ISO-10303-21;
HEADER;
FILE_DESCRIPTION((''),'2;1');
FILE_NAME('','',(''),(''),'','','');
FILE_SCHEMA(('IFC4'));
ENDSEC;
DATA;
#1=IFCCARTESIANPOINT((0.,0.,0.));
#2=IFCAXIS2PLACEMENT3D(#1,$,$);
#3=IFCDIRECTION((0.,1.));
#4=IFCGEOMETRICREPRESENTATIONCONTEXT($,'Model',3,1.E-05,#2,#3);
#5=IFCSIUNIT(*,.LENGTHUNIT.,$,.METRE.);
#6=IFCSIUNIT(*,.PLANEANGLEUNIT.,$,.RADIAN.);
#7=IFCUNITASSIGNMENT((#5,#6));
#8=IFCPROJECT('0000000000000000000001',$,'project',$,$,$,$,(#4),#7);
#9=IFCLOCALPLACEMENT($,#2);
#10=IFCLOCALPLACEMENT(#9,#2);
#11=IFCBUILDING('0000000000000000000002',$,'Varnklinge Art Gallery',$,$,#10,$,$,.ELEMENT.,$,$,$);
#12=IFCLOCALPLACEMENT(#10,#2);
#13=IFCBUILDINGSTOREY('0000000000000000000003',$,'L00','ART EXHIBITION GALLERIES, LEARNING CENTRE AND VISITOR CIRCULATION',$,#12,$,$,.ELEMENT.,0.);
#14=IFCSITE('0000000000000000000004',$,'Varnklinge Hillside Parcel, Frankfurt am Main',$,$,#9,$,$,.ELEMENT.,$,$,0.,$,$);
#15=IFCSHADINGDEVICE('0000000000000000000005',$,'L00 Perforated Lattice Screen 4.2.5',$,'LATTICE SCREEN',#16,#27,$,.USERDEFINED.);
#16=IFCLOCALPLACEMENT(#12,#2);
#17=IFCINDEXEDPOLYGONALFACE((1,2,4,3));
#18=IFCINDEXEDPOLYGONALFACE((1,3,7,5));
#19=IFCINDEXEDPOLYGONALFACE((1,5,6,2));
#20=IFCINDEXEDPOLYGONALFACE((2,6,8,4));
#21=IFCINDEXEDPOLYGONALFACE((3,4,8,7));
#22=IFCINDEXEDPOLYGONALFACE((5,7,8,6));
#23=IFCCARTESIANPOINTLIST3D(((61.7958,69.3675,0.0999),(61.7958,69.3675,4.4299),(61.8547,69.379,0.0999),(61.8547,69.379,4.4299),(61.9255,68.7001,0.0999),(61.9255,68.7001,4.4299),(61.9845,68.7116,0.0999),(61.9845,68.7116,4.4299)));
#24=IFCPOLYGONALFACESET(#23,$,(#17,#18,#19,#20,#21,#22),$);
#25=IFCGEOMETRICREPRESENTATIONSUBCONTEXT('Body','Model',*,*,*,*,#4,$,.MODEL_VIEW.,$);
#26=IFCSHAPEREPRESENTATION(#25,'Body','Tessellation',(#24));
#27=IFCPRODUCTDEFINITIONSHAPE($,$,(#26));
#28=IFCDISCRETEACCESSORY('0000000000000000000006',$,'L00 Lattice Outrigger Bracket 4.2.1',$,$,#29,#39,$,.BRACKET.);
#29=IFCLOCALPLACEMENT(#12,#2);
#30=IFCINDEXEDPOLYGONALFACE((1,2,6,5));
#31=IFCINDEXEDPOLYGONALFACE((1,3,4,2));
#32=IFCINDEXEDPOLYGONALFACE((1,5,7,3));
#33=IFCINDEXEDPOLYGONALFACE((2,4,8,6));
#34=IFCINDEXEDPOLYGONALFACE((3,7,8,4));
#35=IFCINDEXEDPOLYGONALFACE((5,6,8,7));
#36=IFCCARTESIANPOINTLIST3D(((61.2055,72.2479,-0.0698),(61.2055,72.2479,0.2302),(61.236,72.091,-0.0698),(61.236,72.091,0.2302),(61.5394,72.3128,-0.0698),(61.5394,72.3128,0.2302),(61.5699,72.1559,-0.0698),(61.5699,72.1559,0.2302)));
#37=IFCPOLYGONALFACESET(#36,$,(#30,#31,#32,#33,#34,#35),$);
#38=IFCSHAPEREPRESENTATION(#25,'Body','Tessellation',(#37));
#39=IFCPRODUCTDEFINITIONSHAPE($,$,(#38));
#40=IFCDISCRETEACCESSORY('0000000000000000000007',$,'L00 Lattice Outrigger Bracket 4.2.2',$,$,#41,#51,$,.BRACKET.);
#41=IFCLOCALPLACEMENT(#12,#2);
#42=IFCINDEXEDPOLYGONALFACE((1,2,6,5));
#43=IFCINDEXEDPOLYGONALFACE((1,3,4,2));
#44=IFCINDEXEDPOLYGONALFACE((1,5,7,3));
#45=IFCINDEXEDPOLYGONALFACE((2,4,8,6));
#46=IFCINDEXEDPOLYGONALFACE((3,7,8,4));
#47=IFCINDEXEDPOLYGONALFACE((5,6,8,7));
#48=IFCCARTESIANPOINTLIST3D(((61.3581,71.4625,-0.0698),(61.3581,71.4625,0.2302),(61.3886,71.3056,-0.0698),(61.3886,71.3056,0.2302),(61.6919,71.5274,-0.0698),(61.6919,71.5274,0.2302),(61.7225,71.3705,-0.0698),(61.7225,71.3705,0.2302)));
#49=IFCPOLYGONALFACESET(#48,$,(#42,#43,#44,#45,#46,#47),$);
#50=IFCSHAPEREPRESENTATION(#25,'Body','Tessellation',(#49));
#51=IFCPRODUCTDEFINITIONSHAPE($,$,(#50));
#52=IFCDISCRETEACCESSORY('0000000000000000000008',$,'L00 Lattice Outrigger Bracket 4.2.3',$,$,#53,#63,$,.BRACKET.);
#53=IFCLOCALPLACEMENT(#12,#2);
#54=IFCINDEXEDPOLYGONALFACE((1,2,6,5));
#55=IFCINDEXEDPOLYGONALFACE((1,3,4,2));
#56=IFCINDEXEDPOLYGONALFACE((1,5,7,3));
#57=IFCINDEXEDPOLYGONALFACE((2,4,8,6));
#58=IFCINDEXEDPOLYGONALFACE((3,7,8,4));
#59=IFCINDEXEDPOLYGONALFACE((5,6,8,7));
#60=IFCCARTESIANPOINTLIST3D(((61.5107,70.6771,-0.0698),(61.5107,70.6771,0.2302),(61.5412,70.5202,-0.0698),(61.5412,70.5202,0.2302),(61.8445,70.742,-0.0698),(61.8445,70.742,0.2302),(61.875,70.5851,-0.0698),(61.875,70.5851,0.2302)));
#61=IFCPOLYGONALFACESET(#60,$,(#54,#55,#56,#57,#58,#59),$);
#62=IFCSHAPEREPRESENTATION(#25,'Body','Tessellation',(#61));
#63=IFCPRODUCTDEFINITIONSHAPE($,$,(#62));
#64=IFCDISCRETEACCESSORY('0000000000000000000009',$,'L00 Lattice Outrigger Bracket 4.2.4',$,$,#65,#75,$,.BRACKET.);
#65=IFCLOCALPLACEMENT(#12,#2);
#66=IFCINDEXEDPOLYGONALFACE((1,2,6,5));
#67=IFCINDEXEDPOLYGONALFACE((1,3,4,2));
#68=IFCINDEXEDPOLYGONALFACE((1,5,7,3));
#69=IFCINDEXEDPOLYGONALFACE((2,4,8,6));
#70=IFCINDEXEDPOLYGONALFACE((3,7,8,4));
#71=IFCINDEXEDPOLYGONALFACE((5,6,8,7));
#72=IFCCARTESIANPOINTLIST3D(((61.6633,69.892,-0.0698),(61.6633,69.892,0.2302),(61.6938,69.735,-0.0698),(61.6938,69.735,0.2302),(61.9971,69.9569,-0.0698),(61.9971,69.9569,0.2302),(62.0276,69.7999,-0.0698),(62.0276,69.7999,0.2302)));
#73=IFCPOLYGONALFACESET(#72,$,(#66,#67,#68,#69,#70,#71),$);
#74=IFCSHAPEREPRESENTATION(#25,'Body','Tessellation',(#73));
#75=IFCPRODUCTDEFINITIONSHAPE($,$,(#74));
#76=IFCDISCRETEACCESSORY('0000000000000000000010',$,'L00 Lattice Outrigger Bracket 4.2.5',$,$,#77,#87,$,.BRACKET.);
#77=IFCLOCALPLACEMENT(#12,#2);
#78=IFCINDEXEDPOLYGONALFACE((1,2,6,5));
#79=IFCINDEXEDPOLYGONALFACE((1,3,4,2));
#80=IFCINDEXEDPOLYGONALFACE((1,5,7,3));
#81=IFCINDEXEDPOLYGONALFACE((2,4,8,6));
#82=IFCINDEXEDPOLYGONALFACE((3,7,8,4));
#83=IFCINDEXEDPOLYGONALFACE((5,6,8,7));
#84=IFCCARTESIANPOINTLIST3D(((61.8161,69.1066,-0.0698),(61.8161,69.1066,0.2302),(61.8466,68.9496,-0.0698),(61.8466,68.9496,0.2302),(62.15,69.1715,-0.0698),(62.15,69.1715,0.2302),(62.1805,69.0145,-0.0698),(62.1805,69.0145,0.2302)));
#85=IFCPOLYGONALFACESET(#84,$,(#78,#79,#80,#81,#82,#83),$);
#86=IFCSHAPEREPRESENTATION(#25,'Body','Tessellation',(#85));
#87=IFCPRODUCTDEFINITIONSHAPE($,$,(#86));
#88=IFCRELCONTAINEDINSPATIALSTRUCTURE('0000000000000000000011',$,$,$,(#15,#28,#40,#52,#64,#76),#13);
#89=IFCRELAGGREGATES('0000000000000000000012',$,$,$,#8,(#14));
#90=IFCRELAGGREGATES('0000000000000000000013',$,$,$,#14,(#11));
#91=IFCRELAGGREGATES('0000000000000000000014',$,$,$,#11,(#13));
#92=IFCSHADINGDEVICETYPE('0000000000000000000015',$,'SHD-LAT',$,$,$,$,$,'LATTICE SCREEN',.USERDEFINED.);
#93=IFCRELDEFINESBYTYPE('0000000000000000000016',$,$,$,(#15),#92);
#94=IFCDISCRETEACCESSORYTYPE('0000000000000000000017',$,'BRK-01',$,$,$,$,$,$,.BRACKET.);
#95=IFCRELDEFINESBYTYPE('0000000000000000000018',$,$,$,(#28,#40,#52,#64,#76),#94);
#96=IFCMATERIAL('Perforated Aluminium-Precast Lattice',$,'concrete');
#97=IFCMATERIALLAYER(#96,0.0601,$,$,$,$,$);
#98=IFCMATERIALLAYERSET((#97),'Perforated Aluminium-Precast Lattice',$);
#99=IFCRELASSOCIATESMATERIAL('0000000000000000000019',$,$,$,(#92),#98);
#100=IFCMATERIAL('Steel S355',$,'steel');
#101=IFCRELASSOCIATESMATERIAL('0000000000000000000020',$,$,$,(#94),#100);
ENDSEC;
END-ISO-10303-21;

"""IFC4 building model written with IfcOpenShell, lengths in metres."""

from ifc_helpers import new_model, si_unit, direction, frame, origin, origin_2d, place, context, subcontext, project, spatial, rectangle, extrude, material, layer, layer_set, type_object, element, save


model = new_model("IFC4")

# Units and contexts
model_context = context("Model", 3, precision=1e-05, world=origin(), true_north=direction((0.0, 1.0)))
body_context = subcontext(model_context, "Body", "Model", "MODEL_VIEW")
ifc_project = project(units=[si_unit("LENGTHUNIT", "METRE"), si_unit("PLANEANGLEUNIT", "RADIAN")], contexts=[model_context])

# Site, building, storey
site_placement = place(None, origin())
site = spatial("IfcSite", under=ifc_project, at=site_placement, Name="Varnklinge Hillside Parcel, Frankfurt am Main", CompositionType="ELEMENT", RefElevation=0.0)
building_placement = place(site_placement, origin())
building = spatial("IfcBuilding", under=site, at=building_placement, Name="Varnklinge Art Gallery", CompositionType="ELEMENT")
storey_placement = place(building_placement, origin())
storey = spatial("IfcBuildingStorey", under=building, at=storey_placement, Name="L00", Description="ART EXHIBITION GALLERIES, LEARNING CENTRE AND VISITOR CIRCULATION", CompositionType="ELEMENT", Elevation=0.0)

# Shading device
ifc_material_1 = material(Name="Perforated Aluminium-Precast Lattice", Category="concrete")
ifc_layer_1 = layer(ifc_material_1, 0.0601)
ifc_layer_set_1 = layer_set([ifc_layer_1], Name="Perforated Aluminium-Precast Lattice")
shading_device_type = type_object("IfcShadingDeviceType", Name="SHD-LAT", ElementType="LATTICE SCREEN", PredefinedType="USERDEFINED", material=ifc_layer_set_1)
for number, where, z_axis, x_axis, name in (
    (1, (61.8901, 69.0396, 0.0999), (0.0, 0.0, 1.0), (0.190809, -0.981627, 0.0), "L00 Perforated Lattice Screen 4.2.5"),
):
    element("IfcShadingDevice", number, at=place(storey_placement, frame(where, z_axis=z_axis, x_axis=x_axis)), inside=storey, type_object=shading_device_type, Name=name, ObjectType="LATTICE SCREEN", PredefinedType="USERDEFINED", context=body_context, shape_type="SweptSolid", body=[
        extrude(rectangle(XDim=0.6799, YDim=0.0601, at=origin_2d()), origin(), (0.0, 0.0, 1.0), 4.3301),
    ])

# Discrete accessories
ifc_material_2 = material(Name="Steel S355", Category="steel")
discrete_accessory_type = type_object("IfcDiscreteAccessoryType", Name="BRK-01", PredefinedType="BRACKET", material=ifc_material_2)
for number, where, z_axis, x_axis, name in (
    (2, (61.3877, 72.2019, -0.0698), (0.0, 0.0, 1.0), (0.190809, -0.981627, 0.0), "L00 Lattice Outrigger Bracket 4.2.1"),
    (3, (61.5403, 71.4165, -0.0698), (0.0, 0.0, 1.0), (0.190809, -0.981627, 0.0), "L00 Lattice Outrigger Bracket 4.2.2"),
    (4, (61.6929, 70.6311, -0.0698), (0.0, 0.0, 1.0), (0.190809, -0.981627, 0.0), "L00 Lattice Outrigger Bracket 4.2.3"),
    (5, (61.8455, 69.8459, -0.0698), (0.0, 0.0, 1.0), (0.190809, -0.981627, 0.0), "L00 Lattice Outrigger Bracket 4.2.4"),
    (6, (61.9983, 69.0605, -0.0698), (0.0, 0.0, 1.0), (0.190809, -0.981627, 0.0), "L00 Lattice Outrigger Bracket 4.2.5"),
):
    element("IfcDiscreteAccessory", number, at=place(storey_placement, frame(where, z_axis=z_axis, x_axis=x_axis)), inside=storey, type_object=discrete_accessory_type, Name=name, PredefinedType="BRACKET", context=body_context, shape_type="SweptSolid", body=[
        extrude(rectangle(XDim=0.1599, YDim=0.3401, at=origin_2d()), origin(), (0.0, 0.0, 1.0), 0.3),
    ])

save(model, "model.ifc")
